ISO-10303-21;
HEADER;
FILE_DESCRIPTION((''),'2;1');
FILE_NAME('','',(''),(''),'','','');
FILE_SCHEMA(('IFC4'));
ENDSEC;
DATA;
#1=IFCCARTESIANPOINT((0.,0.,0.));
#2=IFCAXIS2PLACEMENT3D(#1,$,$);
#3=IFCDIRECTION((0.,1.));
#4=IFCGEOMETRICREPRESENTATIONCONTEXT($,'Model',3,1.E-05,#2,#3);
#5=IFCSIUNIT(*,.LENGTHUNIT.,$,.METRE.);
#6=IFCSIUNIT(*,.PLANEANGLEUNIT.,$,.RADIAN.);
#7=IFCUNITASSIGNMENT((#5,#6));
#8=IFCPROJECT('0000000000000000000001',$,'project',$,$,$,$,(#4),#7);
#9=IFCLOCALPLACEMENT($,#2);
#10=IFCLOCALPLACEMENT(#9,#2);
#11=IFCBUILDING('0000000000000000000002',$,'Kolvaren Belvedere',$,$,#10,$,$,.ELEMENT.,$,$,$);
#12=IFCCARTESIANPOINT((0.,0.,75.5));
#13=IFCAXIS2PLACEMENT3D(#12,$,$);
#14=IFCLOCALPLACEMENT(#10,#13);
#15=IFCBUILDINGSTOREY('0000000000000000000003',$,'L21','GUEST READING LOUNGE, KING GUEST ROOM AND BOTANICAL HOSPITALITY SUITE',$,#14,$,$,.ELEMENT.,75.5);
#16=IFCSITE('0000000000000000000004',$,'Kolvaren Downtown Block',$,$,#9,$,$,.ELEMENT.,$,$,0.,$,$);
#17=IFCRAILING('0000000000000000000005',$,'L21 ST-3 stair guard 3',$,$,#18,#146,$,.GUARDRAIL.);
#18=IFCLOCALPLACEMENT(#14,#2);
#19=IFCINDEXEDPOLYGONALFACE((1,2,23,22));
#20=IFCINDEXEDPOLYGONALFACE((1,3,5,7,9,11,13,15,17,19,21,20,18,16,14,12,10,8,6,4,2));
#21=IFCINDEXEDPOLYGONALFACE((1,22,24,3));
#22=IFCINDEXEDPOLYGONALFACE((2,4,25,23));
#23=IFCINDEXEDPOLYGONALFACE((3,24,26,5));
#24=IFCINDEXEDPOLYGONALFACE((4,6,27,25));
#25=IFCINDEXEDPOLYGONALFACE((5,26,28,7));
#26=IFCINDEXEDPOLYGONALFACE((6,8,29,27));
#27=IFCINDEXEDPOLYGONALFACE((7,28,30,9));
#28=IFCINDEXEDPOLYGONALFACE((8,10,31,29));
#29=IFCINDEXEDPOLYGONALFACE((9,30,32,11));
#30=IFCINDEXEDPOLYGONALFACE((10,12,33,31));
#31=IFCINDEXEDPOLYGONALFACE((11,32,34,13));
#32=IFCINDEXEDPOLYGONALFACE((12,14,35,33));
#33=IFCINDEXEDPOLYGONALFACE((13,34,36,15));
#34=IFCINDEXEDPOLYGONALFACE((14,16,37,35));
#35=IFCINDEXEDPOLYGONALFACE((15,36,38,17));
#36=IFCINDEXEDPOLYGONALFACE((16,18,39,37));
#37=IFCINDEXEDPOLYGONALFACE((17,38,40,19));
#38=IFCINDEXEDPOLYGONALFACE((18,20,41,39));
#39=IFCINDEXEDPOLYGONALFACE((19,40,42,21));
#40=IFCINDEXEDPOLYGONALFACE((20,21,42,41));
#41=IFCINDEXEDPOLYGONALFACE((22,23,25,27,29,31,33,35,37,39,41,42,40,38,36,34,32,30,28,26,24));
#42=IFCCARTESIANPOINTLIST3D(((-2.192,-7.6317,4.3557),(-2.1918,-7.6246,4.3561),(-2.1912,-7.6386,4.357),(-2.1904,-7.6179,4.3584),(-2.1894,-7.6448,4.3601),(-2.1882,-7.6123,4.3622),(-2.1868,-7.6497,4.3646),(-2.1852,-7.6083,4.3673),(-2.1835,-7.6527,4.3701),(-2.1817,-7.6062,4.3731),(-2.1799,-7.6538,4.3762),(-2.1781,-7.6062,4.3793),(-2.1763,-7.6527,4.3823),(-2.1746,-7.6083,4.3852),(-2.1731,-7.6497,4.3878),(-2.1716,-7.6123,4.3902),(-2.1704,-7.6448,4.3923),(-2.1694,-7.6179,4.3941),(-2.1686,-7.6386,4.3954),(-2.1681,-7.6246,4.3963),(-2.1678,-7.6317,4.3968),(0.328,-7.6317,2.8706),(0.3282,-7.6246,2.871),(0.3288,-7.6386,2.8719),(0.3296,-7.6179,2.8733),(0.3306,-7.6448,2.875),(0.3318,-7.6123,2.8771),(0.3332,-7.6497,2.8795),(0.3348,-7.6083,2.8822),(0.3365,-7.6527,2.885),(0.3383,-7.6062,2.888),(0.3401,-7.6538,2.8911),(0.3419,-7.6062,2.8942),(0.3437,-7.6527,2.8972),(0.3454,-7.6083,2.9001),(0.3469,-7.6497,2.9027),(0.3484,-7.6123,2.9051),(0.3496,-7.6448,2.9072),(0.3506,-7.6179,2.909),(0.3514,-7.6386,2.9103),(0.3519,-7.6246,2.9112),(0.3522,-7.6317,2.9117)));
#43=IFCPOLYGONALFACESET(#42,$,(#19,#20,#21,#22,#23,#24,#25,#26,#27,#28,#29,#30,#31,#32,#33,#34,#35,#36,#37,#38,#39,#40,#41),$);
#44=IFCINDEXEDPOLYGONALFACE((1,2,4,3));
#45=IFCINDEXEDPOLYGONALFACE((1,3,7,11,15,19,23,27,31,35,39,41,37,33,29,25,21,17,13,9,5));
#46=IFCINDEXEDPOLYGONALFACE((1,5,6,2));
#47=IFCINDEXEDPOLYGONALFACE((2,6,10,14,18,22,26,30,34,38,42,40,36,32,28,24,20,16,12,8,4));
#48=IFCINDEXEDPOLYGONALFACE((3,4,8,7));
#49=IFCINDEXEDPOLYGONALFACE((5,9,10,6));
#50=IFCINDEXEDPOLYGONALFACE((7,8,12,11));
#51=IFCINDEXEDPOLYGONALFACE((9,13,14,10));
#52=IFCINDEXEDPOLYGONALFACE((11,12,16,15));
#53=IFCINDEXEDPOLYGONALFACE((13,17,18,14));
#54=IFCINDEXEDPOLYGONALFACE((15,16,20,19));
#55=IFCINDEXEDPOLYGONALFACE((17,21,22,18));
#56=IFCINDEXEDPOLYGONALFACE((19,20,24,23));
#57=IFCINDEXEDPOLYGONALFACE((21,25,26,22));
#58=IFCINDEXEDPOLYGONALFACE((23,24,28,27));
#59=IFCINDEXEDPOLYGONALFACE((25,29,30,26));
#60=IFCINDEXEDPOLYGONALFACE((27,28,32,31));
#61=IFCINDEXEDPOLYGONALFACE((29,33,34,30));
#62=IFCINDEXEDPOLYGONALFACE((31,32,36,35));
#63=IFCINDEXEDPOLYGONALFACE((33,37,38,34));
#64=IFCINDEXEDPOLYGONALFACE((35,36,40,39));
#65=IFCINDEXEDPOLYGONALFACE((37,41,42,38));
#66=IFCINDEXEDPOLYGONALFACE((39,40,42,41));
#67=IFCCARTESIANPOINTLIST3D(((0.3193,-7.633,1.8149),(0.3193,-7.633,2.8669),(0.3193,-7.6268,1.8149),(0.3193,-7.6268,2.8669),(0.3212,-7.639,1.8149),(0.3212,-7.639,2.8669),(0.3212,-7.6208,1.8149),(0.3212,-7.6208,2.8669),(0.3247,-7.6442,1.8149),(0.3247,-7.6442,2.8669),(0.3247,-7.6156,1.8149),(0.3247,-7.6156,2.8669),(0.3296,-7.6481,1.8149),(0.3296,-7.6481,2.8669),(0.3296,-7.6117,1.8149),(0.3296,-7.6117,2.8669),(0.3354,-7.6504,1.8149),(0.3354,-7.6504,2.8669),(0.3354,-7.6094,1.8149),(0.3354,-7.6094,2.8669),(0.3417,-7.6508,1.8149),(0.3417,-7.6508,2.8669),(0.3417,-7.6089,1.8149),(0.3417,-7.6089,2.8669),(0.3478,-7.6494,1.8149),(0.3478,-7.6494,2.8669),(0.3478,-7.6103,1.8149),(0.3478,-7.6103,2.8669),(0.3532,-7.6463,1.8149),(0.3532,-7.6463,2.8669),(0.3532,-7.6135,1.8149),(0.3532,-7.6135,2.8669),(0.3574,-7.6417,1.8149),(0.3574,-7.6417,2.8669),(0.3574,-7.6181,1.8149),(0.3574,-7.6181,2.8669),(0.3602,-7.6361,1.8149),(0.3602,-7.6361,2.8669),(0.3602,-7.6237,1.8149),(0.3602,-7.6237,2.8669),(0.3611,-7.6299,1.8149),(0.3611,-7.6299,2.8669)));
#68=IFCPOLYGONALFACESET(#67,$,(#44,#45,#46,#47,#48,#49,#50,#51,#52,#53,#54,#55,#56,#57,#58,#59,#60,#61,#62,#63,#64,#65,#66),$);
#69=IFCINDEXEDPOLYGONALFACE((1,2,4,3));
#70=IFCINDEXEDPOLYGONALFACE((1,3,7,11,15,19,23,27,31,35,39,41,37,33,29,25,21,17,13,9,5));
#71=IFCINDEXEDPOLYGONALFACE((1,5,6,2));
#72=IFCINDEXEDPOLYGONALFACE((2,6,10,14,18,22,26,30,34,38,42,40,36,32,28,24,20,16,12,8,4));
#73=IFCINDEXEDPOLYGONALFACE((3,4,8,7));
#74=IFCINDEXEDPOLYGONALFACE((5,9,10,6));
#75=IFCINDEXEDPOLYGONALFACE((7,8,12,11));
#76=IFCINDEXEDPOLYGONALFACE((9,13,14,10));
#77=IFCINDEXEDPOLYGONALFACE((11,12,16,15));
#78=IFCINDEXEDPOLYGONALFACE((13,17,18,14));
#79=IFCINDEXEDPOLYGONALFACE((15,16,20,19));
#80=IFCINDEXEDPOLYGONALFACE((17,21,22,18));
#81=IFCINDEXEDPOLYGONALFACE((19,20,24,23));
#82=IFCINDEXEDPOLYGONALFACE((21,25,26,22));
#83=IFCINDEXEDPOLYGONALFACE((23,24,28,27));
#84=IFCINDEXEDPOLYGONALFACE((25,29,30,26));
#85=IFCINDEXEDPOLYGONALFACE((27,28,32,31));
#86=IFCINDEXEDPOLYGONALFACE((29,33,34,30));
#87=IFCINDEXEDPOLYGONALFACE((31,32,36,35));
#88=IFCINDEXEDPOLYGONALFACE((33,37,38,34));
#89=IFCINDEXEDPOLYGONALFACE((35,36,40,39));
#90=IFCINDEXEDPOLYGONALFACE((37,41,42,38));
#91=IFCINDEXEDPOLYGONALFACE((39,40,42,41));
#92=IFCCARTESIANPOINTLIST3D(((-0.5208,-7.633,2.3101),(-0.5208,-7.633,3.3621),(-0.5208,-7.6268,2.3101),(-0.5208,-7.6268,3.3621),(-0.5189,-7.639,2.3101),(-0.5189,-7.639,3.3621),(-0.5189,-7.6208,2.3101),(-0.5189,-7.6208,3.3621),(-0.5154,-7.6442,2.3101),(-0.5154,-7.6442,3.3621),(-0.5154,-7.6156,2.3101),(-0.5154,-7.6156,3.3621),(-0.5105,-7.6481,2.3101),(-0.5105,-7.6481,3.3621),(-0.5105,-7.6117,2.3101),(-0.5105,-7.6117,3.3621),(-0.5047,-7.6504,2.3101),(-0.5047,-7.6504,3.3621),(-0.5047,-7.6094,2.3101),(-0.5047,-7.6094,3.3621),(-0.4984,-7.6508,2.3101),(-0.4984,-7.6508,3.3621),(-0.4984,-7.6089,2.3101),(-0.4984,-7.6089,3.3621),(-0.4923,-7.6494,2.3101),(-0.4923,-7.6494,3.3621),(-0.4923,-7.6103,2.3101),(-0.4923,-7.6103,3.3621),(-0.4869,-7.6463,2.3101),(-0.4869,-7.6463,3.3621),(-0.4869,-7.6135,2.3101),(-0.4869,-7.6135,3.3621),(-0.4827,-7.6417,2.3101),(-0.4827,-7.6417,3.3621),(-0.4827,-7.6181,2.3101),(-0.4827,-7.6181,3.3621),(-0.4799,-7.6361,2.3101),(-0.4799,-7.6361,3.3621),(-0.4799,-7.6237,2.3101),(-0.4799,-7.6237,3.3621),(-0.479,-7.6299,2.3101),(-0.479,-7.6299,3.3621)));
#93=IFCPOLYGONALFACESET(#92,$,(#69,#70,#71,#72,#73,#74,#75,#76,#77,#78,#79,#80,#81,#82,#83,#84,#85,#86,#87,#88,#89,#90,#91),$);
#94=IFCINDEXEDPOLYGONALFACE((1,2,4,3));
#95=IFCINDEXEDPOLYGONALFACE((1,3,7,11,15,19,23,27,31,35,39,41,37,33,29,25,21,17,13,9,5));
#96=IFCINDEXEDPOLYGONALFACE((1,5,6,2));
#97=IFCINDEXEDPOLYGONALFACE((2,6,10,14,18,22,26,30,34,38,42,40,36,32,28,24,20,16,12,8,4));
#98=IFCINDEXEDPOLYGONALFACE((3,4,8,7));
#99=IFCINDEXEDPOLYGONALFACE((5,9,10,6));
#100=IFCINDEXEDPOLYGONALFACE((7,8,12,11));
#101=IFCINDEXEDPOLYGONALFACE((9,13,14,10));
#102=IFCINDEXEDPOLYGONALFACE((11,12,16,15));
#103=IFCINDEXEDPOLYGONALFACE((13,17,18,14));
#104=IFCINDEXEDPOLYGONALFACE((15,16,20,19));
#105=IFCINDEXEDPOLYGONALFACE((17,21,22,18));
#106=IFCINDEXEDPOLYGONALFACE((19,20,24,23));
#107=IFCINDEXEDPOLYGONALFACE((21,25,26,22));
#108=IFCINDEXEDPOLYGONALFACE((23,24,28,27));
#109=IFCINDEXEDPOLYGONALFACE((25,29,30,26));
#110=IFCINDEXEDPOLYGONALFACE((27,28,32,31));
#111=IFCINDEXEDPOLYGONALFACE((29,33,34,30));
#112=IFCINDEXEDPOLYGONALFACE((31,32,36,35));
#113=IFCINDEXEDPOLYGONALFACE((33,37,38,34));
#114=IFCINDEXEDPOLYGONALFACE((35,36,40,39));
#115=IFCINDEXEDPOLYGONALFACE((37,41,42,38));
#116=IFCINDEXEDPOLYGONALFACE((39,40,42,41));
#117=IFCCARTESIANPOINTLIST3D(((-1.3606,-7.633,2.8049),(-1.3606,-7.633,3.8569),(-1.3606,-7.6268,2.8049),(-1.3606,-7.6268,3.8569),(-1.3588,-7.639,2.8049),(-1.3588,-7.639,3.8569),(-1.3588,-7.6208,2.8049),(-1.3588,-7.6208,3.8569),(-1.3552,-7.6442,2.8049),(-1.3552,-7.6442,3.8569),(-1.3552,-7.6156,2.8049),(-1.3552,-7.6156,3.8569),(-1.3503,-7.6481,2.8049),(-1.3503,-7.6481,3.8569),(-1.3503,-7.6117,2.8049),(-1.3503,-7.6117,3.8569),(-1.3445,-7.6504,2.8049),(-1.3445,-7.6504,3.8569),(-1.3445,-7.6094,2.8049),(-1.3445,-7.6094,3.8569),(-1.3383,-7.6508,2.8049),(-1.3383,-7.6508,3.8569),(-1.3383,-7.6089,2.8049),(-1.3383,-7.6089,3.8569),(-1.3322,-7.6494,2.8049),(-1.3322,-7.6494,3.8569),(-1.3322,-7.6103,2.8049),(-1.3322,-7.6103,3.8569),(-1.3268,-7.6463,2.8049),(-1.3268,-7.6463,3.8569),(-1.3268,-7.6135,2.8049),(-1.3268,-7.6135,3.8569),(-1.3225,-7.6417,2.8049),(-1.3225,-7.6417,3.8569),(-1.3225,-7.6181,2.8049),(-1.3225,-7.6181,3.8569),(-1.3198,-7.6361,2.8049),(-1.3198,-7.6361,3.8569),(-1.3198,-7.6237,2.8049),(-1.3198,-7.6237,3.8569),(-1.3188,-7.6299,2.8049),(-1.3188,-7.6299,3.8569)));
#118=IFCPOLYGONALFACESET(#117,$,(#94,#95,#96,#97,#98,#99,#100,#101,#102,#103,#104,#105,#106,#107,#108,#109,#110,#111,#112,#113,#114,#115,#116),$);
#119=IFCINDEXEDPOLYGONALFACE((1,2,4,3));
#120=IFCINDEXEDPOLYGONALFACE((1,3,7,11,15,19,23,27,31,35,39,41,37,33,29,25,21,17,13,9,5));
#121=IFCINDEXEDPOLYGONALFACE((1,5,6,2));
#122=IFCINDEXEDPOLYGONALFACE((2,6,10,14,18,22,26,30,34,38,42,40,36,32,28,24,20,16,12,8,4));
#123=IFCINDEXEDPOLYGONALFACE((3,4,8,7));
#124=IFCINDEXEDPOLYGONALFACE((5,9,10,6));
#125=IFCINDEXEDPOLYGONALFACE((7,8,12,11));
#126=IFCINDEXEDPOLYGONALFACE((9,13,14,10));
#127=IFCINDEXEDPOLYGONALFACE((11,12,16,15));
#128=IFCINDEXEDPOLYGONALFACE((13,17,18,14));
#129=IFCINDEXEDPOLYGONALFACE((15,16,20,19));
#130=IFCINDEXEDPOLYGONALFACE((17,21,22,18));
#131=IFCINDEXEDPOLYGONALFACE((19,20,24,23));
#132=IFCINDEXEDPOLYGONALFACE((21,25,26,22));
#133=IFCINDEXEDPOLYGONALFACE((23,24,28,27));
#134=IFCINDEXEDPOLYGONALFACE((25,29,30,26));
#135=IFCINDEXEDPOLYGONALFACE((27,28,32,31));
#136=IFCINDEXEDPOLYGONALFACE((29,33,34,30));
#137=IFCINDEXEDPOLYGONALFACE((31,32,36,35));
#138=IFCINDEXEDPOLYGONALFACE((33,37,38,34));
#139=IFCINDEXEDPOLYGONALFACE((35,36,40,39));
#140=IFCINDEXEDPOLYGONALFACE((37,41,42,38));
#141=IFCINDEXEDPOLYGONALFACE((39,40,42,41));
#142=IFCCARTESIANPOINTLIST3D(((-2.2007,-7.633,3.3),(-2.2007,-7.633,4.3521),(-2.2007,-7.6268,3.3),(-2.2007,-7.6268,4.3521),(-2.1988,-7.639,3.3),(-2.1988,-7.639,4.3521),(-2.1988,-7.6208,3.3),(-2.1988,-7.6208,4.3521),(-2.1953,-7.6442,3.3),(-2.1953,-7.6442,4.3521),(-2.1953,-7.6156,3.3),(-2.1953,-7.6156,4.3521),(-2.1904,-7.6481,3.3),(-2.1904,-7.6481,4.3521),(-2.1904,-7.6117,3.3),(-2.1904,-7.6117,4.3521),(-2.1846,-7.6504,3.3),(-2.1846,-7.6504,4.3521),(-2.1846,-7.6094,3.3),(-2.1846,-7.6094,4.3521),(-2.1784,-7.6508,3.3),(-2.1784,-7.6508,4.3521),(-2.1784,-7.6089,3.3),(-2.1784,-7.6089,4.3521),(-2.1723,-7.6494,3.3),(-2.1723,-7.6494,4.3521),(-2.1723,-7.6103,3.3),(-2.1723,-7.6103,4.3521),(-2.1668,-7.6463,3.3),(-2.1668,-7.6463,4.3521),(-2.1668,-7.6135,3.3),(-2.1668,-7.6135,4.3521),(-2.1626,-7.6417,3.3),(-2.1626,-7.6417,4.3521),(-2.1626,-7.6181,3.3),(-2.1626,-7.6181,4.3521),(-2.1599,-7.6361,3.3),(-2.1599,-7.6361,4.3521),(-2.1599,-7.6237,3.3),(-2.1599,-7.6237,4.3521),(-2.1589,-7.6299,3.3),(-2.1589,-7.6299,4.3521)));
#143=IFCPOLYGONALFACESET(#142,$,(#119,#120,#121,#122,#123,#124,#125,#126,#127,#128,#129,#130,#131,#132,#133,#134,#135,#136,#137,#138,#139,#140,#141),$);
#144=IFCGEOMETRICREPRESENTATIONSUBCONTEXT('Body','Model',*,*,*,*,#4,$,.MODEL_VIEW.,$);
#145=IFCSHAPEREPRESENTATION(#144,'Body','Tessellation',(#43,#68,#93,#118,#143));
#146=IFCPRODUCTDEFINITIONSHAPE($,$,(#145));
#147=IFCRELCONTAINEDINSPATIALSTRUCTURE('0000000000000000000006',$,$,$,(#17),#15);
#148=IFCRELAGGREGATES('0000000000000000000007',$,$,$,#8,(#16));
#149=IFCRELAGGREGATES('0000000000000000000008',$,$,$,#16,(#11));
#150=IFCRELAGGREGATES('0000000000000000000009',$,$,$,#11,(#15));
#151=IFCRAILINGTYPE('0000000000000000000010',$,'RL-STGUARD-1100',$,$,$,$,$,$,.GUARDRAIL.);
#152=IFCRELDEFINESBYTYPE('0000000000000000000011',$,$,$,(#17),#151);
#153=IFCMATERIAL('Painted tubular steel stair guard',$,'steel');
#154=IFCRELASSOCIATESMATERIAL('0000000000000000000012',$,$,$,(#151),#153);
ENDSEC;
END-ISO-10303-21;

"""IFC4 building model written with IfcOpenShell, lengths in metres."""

from ifc_helpers import new_model, si_unit, direction, frame, origin, origin_2d, place, context, subcontext, project, spatial, circle, extrude, material, type_object, element, save


model = new_model("IFC4")

# Units and contexts
model_context = context("Model", 3, precision=1e-05, world=origin(), true_north=direction((0.0, 1.0)))
body_context = subcontext(model_context, "Body", "Model", "MODEL_VIEW")
ifc_project = project(units=[si_unit("LENGTHUNIT", "METRE"), si_unit("PLANEANGLEUNIT", "RADIAN")], contexts=[model_context])

# Site, building, storey
site_placement = place(None, origin())
site = spatial("IfcSite", under=ifc_project, at=site_placement, Name="Kolvaren Downtown Block", CompositionType="ELEMENT", RefElevation=0.0)
building_placement = place(site_placement, origin())
building = spatial("IfcBuilding", under=site, at=building_placement, Name="Kolvaren Belvedere", CompositionType="ELEMENT")
storey_placement = place(building_placement, frame((0.0, 0.0, 75.5)))
storey = spatial("IfcBuildingStorey", under=building, at=storey_placement, Name="L21", Description="GUEST READING LOUNGE, KING GUEST ROOM AND BOTANICAL HOSPITALITY SUITE", CompositionType="ELEMENT", Elevation=75.5)

# Railing
ifc_material_1 = material(Name="Painted tubular steel stair guard", Category="steel")
railing_type_1 = type_object("IfcRailingType", Name="RL-STGUARD-1100", PredefinedType="GUARDRAIL", material=ifc_material_1)
railing_1_placement = place(storey_placement, frame((0.3401, -7.6299, 1.8149)))
element("IfcRailing", 1, at=railing_1_placement, inside=storey, type_object=railing_type_1, Name="L21 ST-3 stair guard 3", PredefinedType="GUARDRAIL", context=body_context, shape_type="SweptSolid", body=[
    extrude(circle(Radius=0.0239, at=origin_2d()), frame((0.0, 0.0, 1.0762), z_axis=(-0.861524, 0.0, 0.507717), x_axis=(0.0, -1.0, 0.0)), (0.0, 0.0, 1.0), 2.925),
    extrude(circle(Radius=0.021, at=origin_2d()), origin(), (0.0, 0.0, 1.0), 1.052),
    extrude(circle(Radius=0.021, at=origin_2d()), frame((-0.8401, 0.0, 0.4951)), (0.0, 0.0, 1.0), 1.052),
    extrude(circle(Radius=0.021, at=origin_2d()), frame((-1.6799, 0.0, 0.99)), (0.0, 0.0, 1.0), 1.052),
    extrude(circle(Radius=0.021, at=origin_2d()), frame((-2.52, 0.0, 1.4851)), (0.0, 0.0, 1.0), 1.052),
])

save(model, "model.ifc")
